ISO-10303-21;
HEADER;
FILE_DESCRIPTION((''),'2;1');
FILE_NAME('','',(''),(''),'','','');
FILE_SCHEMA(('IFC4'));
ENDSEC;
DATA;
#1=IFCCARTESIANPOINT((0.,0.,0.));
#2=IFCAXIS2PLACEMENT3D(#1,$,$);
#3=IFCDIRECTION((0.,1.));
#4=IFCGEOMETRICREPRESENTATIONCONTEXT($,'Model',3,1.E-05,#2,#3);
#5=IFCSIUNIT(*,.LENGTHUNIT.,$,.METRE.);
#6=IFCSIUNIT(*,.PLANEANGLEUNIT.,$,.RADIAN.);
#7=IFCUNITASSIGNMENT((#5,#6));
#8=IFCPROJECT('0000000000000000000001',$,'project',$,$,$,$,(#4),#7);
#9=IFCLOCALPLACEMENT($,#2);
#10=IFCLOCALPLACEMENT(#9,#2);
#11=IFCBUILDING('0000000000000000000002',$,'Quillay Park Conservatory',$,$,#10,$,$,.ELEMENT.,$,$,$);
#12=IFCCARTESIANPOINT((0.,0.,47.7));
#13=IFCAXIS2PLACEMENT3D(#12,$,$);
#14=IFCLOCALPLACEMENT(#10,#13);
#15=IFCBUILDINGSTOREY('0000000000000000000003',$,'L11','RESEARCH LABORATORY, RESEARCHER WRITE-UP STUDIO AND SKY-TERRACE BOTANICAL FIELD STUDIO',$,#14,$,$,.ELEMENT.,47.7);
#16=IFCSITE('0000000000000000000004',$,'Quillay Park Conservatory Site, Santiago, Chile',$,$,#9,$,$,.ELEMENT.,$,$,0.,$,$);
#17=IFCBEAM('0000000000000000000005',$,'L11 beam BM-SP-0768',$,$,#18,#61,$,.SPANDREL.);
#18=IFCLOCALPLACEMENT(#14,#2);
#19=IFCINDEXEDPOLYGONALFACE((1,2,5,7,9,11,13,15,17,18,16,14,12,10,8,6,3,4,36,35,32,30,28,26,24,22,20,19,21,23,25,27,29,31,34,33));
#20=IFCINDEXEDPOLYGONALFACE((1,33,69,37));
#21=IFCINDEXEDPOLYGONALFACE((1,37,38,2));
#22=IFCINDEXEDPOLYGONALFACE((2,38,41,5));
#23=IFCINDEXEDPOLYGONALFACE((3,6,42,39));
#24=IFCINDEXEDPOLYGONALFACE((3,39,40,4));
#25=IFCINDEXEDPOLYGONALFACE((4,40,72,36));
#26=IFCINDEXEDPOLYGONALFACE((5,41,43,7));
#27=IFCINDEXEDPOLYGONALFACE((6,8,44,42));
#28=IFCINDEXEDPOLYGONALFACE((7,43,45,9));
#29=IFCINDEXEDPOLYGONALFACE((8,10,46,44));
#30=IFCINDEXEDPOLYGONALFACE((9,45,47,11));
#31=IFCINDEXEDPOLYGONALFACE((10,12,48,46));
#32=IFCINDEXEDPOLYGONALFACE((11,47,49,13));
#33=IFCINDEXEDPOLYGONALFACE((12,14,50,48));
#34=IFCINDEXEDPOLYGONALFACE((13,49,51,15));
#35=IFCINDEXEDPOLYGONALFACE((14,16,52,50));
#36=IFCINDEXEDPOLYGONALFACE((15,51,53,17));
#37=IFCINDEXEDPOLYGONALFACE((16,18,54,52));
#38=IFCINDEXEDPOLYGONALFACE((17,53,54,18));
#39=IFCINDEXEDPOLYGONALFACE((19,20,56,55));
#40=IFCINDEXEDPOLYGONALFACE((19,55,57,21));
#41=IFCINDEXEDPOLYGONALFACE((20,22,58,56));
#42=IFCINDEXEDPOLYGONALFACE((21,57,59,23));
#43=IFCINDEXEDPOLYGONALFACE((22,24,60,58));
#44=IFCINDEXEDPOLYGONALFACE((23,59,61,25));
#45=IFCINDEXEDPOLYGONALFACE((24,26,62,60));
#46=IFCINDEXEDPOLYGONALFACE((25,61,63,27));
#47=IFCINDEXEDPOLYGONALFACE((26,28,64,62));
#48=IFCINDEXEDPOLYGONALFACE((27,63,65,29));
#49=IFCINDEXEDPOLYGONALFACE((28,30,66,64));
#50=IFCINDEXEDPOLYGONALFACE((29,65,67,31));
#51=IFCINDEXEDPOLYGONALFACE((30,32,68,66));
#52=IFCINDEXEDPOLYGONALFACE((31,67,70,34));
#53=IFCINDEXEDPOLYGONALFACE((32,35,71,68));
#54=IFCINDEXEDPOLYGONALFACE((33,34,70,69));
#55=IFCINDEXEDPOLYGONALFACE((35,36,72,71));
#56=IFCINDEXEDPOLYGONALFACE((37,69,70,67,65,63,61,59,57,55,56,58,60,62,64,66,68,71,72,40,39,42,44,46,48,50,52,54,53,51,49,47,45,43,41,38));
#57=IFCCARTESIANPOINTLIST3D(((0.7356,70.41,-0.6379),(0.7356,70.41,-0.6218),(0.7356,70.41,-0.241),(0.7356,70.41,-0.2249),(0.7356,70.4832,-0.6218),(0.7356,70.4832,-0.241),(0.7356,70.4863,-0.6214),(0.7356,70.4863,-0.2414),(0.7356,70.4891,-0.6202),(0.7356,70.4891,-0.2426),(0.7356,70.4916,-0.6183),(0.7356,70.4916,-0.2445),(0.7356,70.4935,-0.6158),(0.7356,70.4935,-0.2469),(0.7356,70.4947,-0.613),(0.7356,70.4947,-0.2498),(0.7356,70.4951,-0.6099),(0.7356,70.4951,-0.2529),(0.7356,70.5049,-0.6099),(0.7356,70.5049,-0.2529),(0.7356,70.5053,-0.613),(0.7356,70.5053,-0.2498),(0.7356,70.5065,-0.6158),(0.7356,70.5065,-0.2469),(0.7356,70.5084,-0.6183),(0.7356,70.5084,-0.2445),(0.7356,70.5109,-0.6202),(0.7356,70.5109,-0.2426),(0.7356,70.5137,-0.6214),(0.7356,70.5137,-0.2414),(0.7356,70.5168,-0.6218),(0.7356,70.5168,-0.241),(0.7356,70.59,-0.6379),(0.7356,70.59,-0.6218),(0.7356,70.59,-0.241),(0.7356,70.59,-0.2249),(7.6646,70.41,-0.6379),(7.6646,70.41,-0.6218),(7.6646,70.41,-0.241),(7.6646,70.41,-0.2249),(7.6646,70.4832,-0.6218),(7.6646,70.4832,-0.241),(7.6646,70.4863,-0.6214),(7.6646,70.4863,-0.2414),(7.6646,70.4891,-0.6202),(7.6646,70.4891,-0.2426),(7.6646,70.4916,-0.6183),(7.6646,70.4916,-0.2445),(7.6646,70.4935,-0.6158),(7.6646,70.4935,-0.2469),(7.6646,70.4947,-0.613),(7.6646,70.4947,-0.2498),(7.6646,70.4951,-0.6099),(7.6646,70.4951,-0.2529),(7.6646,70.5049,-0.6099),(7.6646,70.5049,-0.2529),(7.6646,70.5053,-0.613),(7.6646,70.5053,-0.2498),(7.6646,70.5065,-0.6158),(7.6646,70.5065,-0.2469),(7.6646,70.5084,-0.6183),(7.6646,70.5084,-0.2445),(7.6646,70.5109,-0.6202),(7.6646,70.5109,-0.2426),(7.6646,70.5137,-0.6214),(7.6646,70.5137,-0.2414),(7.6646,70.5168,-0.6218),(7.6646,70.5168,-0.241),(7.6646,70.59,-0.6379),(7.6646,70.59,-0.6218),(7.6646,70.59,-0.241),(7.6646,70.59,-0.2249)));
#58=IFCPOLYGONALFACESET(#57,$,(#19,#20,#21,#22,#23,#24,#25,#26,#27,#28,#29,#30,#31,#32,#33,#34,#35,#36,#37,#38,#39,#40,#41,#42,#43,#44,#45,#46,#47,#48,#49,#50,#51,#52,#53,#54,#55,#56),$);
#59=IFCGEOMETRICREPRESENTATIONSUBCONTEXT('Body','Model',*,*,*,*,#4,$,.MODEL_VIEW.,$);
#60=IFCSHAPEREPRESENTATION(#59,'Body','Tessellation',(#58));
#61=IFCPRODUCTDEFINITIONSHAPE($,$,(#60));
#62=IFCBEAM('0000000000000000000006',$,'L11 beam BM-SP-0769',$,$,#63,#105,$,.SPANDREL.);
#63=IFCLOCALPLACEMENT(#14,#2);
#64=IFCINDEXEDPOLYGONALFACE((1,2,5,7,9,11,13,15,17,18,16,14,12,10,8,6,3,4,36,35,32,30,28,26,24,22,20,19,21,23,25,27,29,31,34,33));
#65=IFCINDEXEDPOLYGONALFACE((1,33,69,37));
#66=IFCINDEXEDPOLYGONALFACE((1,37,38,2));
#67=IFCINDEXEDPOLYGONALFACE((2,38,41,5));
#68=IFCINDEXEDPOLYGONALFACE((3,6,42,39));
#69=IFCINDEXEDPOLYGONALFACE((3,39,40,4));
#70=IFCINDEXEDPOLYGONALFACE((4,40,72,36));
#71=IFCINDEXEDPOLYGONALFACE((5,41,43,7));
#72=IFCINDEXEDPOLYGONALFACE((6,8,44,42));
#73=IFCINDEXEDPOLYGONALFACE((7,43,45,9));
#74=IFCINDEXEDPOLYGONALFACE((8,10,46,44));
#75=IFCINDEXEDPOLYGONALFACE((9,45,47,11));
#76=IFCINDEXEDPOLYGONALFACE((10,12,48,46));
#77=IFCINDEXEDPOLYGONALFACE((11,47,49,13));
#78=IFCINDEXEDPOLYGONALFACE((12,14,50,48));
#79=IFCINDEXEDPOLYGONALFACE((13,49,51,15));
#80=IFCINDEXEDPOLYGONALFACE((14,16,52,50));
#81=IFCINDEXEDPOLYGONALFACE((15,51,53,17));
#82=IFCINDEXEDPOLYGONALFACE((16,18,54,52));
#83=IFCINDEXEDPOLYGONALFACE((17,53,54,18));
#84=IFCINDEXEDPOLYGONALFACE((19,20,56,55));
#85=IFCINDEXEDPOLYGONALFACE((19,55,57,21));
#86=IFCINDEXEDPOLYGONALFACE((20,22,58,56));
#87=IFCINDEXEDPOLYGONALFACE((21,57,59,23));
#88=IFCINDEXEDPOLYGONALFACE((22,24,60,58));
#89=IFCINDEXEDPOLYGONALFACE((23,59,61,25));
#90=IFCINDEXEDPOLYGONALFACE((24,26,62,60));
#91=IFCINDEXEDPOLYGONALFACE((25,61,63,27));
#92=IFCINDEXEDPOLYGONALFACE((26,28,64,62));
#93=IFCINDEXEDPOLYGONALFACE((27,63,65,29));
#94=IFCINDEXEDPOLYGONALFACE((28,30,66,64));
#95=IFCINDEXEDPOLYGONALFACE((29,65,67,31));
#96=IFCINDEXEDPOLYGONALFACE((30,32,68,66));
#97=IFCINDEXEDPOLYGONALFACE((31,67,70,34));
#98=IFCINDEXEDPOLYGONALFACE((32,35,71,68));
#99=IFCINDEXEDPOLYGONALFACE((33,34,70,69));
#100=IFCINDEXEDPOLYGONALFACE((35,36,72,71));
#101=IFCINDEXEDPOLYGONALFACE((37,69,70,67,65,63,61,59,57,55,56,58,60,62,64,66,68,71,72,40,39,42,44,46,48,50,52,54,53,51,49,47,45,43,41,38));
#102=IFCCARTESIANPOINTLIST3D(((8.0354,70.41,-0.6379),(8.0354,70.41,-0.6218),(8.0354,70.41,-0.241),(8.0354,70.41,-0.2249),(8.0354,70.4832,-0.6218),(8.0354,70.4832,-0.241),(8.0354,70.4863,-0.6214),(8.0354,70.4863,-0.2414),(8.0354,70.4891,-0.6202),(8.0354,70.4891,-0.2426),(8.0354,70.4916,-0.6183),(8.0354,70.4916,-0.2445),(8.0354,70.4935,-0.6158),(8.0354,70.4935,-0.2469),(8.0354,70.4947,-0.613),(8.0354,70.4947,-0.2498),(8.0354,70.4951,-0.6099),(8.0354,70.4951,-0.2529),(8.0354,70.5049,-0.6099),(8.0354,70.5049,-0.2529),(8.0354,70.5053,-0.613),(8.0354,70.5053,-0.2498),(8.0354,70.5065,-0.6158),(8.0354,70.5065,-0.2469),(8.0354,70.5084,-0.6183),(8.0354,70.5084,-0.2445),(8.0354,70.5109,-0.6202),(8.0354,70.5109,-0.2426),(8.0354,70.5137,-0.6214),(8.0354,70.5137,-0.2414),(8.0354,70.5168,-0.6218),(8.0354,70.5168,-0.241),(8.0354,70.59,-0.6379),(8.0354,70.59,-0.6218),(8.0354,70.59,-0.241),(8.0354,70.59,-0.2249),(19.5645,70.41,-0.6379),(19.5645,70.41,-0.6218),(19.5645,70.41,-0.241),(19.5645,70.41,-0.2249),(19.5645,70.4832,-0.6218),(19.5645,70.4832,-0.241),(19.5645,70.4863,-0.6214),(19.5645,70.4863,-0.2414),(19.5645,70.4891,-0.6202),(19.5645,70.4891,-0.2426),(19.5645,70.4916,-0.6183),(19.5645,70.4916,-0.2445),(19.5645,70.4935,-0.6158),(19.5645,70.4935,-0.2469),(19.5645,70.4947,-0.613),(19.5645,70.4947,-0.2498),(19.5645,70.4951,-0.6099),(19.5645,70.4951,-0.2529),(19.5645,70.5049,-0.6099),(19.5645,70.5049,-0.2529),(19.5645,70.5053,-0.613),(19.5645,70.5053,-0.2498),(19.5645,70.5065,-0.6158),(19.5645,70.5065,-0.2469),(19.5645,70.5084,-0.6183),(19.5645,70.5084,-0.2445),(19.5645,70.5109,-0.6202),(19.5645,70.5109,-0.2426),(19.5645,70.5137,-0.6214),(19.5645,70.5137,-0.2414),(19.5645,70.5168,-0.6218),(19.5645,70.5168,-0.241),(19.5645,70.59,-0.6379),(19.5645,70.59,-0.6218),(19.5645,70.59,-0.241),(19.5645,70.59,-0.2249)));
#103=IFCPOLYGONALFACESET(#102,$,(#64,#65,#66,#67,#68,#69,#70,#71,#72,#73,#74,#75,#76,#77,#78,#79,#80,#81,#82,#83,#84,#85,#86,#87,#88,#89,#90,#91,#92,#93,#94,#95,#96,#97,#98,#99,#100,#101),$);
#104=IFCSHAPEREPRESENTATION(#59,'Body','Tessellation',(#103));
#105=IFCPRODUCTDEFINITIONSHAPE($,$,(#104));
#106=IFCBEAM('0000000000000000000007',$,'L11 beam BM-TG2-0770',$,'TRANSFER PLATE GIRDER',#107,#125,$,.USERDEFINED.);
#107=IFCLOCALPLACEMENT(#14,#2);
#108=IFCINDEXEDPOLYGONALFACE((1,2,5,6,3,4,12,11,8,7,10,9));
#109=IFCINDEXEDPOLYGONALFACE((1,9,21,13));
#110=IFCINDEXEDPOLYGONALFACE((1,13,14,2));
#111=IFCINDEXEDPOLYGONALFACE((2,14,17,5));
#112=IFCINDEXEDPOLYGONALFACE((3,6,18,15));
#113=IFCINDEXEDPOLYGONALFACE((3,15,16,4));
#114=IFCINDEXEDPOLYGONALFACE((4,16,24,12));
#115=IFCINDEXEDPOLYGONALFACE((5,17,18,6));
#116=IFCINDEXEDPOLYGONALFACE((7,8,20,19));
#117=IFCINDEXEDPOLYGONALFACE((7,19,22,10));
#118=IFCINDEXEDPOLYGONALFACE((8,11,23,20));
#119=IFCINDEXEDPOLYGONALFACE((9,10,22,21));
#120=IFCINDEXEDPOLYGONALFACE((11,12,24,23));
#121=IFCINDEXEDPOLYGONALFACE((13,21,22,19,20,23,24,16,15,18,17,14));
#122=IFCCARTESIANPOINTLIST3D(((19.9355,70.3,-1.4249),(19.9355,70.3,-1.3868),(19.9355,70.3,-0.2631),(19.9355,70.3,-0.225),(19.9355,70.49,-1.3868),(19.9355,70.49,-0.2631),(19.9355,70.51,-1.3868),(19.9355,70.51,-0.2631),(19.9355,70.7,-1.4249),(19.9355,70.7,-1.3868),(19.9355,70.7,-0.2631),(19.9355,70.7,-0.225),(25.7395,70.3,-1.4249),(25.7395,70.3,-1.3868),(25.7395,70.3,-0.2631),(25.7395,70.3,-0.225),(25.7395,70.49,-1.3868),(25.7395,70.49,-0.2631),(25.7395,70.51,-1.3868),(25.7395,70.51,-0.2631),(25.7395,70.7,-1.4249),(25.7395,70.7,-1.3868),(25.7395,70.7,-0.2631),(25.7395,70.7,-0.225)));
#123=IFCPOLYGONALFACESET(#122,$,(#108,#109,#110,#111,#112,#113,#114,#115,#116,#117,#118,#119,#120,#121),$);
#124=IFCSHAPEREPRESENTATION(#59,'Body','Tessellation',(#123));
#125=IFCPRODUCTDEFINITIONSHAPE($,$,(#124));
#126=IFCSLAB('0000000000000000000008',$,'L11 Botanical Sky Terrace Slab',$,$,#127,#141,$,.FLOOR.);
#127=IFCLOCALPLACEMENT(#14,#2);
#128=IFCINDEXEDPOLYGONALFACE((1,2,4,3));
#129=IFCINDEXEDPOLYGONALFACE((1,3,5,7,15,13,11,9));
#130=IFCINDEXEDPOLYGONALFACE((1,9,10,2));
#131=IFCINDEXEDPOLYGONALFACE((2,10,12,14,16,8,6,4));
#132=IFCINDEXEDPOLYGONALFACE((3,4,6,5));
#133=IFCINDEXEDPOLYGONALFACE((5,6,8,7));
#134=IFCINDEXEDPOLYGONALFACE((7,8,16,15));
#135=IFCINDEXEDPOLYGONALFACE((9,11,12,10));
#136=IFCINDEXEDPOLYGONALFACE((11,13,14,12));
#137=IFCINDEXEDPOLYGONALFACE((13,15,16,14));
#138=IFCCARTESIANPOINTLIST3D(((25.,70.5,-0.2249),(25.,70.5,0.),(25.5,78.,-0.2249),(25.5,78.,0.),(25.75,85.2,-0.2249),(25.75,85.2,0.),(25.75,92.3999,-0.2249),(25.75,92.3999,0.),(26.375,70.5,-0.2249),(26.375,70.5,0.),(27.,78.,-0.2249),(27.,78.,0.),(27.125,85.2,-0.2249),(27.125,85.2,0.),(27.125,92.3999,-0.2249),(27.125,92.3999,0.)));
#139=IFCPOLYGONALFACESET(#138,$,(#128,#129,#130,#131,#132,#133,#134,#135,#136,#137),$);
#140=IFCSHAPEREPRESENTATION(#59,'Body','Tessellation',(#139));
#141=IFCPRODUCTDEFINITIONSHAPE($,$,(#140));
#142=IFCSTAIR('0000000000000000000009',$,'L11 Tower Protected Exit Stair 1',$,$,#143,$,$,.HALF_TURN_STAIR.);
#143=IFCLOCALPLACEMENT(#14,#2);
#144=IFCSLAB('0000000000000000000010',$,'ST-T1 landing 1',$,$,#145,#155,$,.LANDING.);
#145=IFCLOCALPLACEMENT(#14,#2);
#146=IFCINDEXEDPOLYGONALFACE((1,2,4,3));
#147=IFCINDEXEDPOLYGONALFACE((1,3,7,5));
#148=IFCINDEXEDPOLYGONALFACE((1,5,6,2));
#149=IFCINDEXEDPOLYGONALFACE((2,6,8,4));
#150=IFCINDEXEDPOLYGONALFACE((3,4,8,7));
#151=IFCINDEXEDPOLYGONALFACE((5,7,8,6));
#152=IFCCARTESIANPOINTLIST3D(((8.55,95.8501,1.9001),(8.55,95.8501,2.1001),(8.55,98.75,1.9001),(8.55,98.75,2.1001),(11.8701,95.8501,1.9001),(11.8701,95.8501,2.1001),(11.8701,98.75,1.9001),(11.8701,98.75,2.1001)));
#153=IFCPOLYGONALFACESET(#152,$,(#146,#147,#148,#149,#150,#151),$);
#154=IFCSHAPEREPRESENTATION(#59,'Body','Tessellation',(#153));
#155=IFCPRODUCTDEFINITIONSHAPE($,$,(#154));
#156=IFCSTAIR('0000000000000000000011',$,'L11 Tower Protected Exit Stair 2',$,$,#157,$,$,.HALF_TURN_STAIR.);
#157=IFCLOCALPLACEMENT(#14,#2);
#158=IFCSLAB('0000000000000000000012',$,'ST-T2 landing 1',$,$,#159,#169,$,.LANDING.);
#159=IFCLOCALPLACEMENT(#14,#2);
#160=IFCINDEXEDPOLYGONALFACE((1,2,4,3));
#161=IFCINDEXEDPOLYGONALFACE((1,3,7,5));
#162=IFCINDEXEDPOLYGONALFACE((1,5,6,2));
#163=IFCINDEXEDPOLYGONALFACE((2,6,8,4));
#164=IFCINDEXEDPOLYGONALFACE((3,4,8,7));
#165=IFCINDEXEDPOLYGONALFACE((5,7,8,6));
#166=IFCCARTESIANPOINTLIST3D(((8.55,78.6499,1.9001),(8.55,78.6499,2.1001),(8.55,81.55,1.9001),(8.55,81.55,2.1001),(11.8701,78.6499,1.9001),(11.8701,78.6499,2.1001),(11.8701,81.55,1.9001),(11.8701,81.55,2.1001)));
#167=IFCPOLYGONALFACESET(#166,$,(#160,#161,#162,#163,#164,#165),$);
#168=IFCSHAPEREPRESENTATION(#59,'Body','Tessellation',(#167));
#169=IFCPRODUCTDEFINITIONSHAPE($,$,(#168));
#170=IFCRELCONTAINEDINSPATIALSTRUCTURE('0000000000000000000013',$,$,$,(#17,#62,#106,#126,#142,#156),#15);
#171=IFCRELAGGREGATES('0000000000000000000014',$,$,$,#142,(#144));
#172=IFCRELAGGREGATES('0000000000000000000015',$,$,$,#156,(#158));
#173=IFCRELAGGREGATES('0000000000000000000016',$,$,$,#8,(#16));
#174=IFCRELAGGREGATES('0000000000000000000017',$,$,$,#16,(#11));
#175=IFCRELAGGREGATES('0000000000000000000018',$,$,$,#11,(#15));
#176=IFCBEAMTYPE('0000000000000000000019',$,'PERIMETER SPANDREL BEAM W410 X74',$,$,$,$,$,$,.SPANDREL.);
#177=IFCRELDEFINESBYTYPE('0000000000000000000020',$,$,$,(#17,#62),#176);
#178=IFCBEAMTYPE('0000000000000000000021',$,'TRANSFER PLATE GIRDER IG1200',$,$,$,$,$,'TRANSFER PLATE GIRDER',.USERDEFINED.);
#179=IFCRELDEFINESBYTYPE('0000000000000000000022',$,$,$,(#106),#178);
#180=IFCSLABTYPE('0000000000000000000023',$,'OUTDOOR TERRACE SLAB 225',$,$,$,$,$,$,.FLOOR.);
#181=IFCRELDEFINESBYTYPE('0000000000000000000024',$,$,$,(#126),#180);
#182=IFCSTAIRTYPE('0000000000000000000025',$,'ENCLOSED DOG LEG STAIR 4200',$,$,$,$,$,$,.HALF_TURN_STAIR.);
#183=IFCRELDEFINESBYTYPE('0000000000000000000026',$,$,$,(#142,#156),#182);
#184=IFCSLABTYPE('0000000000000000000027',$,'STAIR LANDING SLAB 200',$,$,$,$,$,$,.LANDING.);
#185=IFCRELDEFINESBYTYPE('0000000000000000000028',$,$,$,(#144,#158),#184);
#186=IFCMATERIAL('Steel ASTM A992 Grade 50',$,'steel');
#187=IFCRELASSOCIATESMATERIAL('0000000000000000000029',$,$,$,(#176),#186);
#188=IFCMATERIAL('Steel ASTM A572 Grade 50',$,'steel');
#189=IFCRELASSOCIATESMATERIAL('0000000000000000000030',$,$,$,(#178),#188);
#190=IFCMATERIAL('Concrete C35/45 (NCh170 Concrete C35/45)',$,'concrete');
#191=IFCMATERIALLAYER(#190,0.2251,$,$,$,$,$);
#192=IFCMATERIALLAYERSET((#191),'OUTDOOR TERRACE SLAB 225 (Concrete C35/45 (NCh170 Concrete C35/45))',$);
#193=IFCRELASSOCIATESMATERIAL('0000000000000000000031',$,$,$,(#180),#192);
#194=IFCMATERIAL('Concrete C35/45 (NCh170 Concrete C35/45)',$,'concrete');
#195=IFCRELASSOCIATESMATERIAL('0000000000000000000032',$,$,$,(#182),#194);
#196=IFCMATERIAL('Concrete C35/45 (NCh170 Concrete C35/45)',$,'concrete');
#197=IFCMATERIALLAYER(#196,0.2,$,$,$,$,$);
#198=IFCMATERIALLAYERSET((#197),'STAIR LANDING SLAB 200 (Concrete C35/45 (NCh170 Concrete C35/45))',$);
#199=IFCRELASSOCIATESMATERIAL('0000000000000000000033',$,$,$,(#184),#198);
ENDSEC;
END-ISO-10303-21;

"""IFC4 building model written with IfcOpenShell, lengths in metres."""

from ifc_helpers import new_model, si_unit, direction, frame, origin, origin_2d, place, context, subcontext, project, spatial, polyline, i_section, outline, extrude, material, layer, layer_set, material_profile, profile_set, type_object, element, aggregate, save


model = new_model("IFC4")

# Units and contexts
model_context = context("Model", 3, precision=1e-05, world=origin(), true_north=direction((0.0, 1.0)))
body_context = subcontext(model_context, "Body", "Model", "MODEL_VIEW")
ifc_project = project(units=[si_unit("LENGTHUNIT", "METRE"), si_unit("PLANEANGLEUNIT", "RADIAN")], contexts=[model_context])

# Site, building, storey
site_placement = place(None, origin())
site = spatial("IfcSite", under=ifc_project, at=site_placement, Name="Quillay Park Conservatory Site, Santiago, Chile", CompositionType="ELEMENT", RefElevation=0.0)
building_placement = place(site_placement, origin())
building = spatial("IfcBuilding", under=site, at=building_placement, Name="Quillay Park Conservatory", CompositionType="ELEMENT")
storey_placement = place(building_placement, frame((0.0, 0.0, 47.7)))
storey = spatial("IfcBuildingStorey", under=building, at=storey_placement, Name="L11", Description="RESEARCH LABORATORY, RESEARCHER WRITE-UP STUDIO AND SKY-TERRACE BOTANICAL FIELD STUDIO", CompositionType="ELEMENT", Elevation=47.7)

# Beams
ifc_material_1 = material(Name="Steel ASTM A992 Grade 50", Category="steel")
ifc_material_profile_1 = material_profile(ifc_material_1, i_section(OverallWidth=0.1799, OverallDepth=0.4131, WebThickness=0.0098, FlangeThickness=0.0161, FilletRadius=0.012, at=origin_2d()), Name="W410x74")
ifc_profile_set_1 = profile_set([ifc_material_profile_1], Name="Steel ASTM A992 Grade 50")
beam_type_1 = type_object("IfcBeamType", Name="PERIMETER SPANDREL BEAM W410 X74", PredefinedType="SPANDREL", material=ifc_profile_set_1)
beam_1_placement = place(storey_placement, frame((0.7356, 70.5, -0.4314), z_axis=(1.0, 0.0, 0.0), x_axis=(0.0, 1.0, 0.0)))
element("IfcBeam", 1, at=beam_1_placement, inside=storey, type_object=beam_type_1, Name="L11 beam BM-SP-0768", PredefinedType="SPANDREL", context=body_context, shape_type="SweptSolid", body=[
    extrude(i_section(OverallWidth=0.1799, OverallDepth=0.4131, WebThickness=0.0098, FlangeThickness=0.0161, FilletRadius=0.012, at=origin_2d()), origin(), (0.0, 0.0, 1.0), 6.929),
])
beam_2_placement = place(storey_placement, frame((8.0354, 70.5, -0.4314), z_axis=(1.0, 0.0, 0.0), x_axis=(0.0, 1.0, 0.0)))
element("IfcBeam", 2, at=beam_2_placement, inside=storey, type_object=beam_type_1, Name="L11 beam BM-SP-0769", PredefinedType="SPANDREL", context=body_context, shape_type="SweptSolid", body=[
    extrude(i_section(OverallWidth=0.1799, OverallDepth=0.4131, WebThickness=0.0098, FlangeThickness=0.0161, FilletRadius=0.012, at=origin_2d()), origin(), (0.0, 0.0, 1.0), 11.5291),
])
ifc_material_2 = material(Name="Steel ASTM A572 Grade 50", Category="steel")
ifc_material_profile_2 = material_profile(ifc_material_2, i_section(OverallWidth=0.3999, OverallDepth=1.2, WebThickness=0.02, FlangeThickness=0.0381, at=origin_2d()), Name="IG1200x400")
ifc_profile_set_2 = profile_set([ifc_material_profile_2], Name="Steel ASTM A572 Grade 50")
beam_type_2 = type_object("IfcBeamType", Name="TRANSFER PLATE GIRDER IG1200", ElementType="TRANSFER PLATE GIRDER", PredefinedType="USERDEFINED", material=ifc_profile_set_2)
beam_3_placement = place(storey_placement, frame((19.9355, 70.5, -0.825), z_axis=(1.0, 0.0, 0.0), x_axis=(0.0, 1.0, 0.0)))
element("IfcBeam", 3, at=beam_3_placement, inside=storey, type_object=beam_type_2, Name="L11 beam BM-TG2-0770", ObjectType="TRANSFER PLATE GIRDER", PredefinedType="USERDEFINED", context=body_context, shape_type="SweptSolid", body=[
    extrude(i_section(OverallWidth=0.3999, OverallDepth=1.2, WebThickness=0.02, FlangeThickness=0.0381, at=origin_2d()), origin(), (0.0, 0.0, 1.0), 5.804),
])

# Slab
ifc_material_3 = material(Name="Concrete C35/45 (NCh170 Concrete C35/45)", Category="concrete")
ifc_layer_1 = layer(ifc_material_3, 0.2251)
ifc_layer_set_1 = layer_set([ifc_layer_1], Name="OUTDOOR TERRACE SLAB 225 (Concrete C35/45 (NCh170 Concrete C35/45))")
slab_type_1 = type_object("IfcSlabType", Name="OUTDOOR TERRACE SLAB 225", PredefinedType="FLOOR", material=ifc_layer_set_1)
slab_1_placement = place(storey_placement, frame((0.0, 0.0, -0.2249)))
element("IfcSlab", 4, at=slab_1_placement, inside=storey, type_object=slab_type_1, Name="L11 Botanical Sky Terrace Slab", PredefinedType="FLOOR", context=body_context, shape_type="SweptSolid", body=[
    extrude(outline(polyline([(25.0, 70.5), (25.5, 78.0), (25.75, 85.2), (25.75, 92.3999), (27.125, 92.3999), (27.125, 85.2), (27.0, 78.0), (26.375, 70.5), (25.0, 70.5)])), origin(), (0.0, 0.0, 1.0), 0.2249),
])

# Stairs, slabs
ifc_material_4 = material(Name="Concrete C35/45 (NCh170 Concrete C35/45)", Category="concrete")
stair_type = type_object("IfcStairType", Name="ENCLOSED DOG LEG STAIR 4200", PredefinedType="HALF_TURN_STAIR", material=ifc_material_4)
stair_1_placement = place(storey_placement, origin())
stair_1 = element("IfcStair", 5, at=stair_1_placement, inside=storey, type_object=stair_type, Name="L11 Tower Protected Exit Stair 1", PredefinedType="HALF_TURN_STAIR")
ifc_material_5 = material(Name="Concrete C35/45 (NCh170 Concrete C35/45)", Category="concrete")
ifc_layer_2 = layer(ifc_material_5, 0.2)
ifc_layer_set_2 = layer_set([ifc_layer_2], Name="STAIR LANDING SLAB 200 (Concrete C35/45 (NCh170 Concrete C35/45))")
slab_type_2 = type_object("IfcSlabType", Name="STAIR LANDING SLAB 200", PredefinedType="LANDING", material=ifc_layer_set_2)
slab_2_placement = place(storey_placement, frame((0.0, 0.0, 1.9001)))
slab_2 = element("IfcSlab", 6, at=slab_2_placement, type_object=slab_type_2, Name="ST-T1 landing 1", PredefinedType="LANDING", context=body_context, shape_type="SweptSolid", body=[
    extrude(outline(polyline([(11.8701, 95.8501), (11.8701, 98.75), (8.55, 98.75), (8.55, 95.8501), (11.8701, 95.8501)])), origin(), (0.0, 0.0, 1.0), 0.2),
])
aggregate(stair_1, [slab_2])
stair_2_placement = place(storey_placement, origin())
stair_2 = element("IfcStair", 7, at=stair_2_placement, inside=storey, type_object=stair_type, Name="L11 Tower Protected Exit Stair 2", PredefinedType="HALF_TURN_STAIR")
slab_3_placement = place(storey_placement, frame((0.0, 0.0, 1.9001)))
slab_3 = element("IfcSlab", 8, at=slab_3_placement, type_object=slab_type_2, Name="ST-T2 landing 1", PredefinedType="LANDING", context=body_context, shape_type="SweptSolid", body=[
    extrude(outline(polyline([(8.55, 81.55), (8.55, 78.6499), (11.8701, 78.6499), (11.8701, 81.55), (8.55, 81.55)])), origin(), (0.0, 0.0, 1.0), 0.2),
])
aggregate(stair_2, [slab_3])

save(model, "model.ifc")
